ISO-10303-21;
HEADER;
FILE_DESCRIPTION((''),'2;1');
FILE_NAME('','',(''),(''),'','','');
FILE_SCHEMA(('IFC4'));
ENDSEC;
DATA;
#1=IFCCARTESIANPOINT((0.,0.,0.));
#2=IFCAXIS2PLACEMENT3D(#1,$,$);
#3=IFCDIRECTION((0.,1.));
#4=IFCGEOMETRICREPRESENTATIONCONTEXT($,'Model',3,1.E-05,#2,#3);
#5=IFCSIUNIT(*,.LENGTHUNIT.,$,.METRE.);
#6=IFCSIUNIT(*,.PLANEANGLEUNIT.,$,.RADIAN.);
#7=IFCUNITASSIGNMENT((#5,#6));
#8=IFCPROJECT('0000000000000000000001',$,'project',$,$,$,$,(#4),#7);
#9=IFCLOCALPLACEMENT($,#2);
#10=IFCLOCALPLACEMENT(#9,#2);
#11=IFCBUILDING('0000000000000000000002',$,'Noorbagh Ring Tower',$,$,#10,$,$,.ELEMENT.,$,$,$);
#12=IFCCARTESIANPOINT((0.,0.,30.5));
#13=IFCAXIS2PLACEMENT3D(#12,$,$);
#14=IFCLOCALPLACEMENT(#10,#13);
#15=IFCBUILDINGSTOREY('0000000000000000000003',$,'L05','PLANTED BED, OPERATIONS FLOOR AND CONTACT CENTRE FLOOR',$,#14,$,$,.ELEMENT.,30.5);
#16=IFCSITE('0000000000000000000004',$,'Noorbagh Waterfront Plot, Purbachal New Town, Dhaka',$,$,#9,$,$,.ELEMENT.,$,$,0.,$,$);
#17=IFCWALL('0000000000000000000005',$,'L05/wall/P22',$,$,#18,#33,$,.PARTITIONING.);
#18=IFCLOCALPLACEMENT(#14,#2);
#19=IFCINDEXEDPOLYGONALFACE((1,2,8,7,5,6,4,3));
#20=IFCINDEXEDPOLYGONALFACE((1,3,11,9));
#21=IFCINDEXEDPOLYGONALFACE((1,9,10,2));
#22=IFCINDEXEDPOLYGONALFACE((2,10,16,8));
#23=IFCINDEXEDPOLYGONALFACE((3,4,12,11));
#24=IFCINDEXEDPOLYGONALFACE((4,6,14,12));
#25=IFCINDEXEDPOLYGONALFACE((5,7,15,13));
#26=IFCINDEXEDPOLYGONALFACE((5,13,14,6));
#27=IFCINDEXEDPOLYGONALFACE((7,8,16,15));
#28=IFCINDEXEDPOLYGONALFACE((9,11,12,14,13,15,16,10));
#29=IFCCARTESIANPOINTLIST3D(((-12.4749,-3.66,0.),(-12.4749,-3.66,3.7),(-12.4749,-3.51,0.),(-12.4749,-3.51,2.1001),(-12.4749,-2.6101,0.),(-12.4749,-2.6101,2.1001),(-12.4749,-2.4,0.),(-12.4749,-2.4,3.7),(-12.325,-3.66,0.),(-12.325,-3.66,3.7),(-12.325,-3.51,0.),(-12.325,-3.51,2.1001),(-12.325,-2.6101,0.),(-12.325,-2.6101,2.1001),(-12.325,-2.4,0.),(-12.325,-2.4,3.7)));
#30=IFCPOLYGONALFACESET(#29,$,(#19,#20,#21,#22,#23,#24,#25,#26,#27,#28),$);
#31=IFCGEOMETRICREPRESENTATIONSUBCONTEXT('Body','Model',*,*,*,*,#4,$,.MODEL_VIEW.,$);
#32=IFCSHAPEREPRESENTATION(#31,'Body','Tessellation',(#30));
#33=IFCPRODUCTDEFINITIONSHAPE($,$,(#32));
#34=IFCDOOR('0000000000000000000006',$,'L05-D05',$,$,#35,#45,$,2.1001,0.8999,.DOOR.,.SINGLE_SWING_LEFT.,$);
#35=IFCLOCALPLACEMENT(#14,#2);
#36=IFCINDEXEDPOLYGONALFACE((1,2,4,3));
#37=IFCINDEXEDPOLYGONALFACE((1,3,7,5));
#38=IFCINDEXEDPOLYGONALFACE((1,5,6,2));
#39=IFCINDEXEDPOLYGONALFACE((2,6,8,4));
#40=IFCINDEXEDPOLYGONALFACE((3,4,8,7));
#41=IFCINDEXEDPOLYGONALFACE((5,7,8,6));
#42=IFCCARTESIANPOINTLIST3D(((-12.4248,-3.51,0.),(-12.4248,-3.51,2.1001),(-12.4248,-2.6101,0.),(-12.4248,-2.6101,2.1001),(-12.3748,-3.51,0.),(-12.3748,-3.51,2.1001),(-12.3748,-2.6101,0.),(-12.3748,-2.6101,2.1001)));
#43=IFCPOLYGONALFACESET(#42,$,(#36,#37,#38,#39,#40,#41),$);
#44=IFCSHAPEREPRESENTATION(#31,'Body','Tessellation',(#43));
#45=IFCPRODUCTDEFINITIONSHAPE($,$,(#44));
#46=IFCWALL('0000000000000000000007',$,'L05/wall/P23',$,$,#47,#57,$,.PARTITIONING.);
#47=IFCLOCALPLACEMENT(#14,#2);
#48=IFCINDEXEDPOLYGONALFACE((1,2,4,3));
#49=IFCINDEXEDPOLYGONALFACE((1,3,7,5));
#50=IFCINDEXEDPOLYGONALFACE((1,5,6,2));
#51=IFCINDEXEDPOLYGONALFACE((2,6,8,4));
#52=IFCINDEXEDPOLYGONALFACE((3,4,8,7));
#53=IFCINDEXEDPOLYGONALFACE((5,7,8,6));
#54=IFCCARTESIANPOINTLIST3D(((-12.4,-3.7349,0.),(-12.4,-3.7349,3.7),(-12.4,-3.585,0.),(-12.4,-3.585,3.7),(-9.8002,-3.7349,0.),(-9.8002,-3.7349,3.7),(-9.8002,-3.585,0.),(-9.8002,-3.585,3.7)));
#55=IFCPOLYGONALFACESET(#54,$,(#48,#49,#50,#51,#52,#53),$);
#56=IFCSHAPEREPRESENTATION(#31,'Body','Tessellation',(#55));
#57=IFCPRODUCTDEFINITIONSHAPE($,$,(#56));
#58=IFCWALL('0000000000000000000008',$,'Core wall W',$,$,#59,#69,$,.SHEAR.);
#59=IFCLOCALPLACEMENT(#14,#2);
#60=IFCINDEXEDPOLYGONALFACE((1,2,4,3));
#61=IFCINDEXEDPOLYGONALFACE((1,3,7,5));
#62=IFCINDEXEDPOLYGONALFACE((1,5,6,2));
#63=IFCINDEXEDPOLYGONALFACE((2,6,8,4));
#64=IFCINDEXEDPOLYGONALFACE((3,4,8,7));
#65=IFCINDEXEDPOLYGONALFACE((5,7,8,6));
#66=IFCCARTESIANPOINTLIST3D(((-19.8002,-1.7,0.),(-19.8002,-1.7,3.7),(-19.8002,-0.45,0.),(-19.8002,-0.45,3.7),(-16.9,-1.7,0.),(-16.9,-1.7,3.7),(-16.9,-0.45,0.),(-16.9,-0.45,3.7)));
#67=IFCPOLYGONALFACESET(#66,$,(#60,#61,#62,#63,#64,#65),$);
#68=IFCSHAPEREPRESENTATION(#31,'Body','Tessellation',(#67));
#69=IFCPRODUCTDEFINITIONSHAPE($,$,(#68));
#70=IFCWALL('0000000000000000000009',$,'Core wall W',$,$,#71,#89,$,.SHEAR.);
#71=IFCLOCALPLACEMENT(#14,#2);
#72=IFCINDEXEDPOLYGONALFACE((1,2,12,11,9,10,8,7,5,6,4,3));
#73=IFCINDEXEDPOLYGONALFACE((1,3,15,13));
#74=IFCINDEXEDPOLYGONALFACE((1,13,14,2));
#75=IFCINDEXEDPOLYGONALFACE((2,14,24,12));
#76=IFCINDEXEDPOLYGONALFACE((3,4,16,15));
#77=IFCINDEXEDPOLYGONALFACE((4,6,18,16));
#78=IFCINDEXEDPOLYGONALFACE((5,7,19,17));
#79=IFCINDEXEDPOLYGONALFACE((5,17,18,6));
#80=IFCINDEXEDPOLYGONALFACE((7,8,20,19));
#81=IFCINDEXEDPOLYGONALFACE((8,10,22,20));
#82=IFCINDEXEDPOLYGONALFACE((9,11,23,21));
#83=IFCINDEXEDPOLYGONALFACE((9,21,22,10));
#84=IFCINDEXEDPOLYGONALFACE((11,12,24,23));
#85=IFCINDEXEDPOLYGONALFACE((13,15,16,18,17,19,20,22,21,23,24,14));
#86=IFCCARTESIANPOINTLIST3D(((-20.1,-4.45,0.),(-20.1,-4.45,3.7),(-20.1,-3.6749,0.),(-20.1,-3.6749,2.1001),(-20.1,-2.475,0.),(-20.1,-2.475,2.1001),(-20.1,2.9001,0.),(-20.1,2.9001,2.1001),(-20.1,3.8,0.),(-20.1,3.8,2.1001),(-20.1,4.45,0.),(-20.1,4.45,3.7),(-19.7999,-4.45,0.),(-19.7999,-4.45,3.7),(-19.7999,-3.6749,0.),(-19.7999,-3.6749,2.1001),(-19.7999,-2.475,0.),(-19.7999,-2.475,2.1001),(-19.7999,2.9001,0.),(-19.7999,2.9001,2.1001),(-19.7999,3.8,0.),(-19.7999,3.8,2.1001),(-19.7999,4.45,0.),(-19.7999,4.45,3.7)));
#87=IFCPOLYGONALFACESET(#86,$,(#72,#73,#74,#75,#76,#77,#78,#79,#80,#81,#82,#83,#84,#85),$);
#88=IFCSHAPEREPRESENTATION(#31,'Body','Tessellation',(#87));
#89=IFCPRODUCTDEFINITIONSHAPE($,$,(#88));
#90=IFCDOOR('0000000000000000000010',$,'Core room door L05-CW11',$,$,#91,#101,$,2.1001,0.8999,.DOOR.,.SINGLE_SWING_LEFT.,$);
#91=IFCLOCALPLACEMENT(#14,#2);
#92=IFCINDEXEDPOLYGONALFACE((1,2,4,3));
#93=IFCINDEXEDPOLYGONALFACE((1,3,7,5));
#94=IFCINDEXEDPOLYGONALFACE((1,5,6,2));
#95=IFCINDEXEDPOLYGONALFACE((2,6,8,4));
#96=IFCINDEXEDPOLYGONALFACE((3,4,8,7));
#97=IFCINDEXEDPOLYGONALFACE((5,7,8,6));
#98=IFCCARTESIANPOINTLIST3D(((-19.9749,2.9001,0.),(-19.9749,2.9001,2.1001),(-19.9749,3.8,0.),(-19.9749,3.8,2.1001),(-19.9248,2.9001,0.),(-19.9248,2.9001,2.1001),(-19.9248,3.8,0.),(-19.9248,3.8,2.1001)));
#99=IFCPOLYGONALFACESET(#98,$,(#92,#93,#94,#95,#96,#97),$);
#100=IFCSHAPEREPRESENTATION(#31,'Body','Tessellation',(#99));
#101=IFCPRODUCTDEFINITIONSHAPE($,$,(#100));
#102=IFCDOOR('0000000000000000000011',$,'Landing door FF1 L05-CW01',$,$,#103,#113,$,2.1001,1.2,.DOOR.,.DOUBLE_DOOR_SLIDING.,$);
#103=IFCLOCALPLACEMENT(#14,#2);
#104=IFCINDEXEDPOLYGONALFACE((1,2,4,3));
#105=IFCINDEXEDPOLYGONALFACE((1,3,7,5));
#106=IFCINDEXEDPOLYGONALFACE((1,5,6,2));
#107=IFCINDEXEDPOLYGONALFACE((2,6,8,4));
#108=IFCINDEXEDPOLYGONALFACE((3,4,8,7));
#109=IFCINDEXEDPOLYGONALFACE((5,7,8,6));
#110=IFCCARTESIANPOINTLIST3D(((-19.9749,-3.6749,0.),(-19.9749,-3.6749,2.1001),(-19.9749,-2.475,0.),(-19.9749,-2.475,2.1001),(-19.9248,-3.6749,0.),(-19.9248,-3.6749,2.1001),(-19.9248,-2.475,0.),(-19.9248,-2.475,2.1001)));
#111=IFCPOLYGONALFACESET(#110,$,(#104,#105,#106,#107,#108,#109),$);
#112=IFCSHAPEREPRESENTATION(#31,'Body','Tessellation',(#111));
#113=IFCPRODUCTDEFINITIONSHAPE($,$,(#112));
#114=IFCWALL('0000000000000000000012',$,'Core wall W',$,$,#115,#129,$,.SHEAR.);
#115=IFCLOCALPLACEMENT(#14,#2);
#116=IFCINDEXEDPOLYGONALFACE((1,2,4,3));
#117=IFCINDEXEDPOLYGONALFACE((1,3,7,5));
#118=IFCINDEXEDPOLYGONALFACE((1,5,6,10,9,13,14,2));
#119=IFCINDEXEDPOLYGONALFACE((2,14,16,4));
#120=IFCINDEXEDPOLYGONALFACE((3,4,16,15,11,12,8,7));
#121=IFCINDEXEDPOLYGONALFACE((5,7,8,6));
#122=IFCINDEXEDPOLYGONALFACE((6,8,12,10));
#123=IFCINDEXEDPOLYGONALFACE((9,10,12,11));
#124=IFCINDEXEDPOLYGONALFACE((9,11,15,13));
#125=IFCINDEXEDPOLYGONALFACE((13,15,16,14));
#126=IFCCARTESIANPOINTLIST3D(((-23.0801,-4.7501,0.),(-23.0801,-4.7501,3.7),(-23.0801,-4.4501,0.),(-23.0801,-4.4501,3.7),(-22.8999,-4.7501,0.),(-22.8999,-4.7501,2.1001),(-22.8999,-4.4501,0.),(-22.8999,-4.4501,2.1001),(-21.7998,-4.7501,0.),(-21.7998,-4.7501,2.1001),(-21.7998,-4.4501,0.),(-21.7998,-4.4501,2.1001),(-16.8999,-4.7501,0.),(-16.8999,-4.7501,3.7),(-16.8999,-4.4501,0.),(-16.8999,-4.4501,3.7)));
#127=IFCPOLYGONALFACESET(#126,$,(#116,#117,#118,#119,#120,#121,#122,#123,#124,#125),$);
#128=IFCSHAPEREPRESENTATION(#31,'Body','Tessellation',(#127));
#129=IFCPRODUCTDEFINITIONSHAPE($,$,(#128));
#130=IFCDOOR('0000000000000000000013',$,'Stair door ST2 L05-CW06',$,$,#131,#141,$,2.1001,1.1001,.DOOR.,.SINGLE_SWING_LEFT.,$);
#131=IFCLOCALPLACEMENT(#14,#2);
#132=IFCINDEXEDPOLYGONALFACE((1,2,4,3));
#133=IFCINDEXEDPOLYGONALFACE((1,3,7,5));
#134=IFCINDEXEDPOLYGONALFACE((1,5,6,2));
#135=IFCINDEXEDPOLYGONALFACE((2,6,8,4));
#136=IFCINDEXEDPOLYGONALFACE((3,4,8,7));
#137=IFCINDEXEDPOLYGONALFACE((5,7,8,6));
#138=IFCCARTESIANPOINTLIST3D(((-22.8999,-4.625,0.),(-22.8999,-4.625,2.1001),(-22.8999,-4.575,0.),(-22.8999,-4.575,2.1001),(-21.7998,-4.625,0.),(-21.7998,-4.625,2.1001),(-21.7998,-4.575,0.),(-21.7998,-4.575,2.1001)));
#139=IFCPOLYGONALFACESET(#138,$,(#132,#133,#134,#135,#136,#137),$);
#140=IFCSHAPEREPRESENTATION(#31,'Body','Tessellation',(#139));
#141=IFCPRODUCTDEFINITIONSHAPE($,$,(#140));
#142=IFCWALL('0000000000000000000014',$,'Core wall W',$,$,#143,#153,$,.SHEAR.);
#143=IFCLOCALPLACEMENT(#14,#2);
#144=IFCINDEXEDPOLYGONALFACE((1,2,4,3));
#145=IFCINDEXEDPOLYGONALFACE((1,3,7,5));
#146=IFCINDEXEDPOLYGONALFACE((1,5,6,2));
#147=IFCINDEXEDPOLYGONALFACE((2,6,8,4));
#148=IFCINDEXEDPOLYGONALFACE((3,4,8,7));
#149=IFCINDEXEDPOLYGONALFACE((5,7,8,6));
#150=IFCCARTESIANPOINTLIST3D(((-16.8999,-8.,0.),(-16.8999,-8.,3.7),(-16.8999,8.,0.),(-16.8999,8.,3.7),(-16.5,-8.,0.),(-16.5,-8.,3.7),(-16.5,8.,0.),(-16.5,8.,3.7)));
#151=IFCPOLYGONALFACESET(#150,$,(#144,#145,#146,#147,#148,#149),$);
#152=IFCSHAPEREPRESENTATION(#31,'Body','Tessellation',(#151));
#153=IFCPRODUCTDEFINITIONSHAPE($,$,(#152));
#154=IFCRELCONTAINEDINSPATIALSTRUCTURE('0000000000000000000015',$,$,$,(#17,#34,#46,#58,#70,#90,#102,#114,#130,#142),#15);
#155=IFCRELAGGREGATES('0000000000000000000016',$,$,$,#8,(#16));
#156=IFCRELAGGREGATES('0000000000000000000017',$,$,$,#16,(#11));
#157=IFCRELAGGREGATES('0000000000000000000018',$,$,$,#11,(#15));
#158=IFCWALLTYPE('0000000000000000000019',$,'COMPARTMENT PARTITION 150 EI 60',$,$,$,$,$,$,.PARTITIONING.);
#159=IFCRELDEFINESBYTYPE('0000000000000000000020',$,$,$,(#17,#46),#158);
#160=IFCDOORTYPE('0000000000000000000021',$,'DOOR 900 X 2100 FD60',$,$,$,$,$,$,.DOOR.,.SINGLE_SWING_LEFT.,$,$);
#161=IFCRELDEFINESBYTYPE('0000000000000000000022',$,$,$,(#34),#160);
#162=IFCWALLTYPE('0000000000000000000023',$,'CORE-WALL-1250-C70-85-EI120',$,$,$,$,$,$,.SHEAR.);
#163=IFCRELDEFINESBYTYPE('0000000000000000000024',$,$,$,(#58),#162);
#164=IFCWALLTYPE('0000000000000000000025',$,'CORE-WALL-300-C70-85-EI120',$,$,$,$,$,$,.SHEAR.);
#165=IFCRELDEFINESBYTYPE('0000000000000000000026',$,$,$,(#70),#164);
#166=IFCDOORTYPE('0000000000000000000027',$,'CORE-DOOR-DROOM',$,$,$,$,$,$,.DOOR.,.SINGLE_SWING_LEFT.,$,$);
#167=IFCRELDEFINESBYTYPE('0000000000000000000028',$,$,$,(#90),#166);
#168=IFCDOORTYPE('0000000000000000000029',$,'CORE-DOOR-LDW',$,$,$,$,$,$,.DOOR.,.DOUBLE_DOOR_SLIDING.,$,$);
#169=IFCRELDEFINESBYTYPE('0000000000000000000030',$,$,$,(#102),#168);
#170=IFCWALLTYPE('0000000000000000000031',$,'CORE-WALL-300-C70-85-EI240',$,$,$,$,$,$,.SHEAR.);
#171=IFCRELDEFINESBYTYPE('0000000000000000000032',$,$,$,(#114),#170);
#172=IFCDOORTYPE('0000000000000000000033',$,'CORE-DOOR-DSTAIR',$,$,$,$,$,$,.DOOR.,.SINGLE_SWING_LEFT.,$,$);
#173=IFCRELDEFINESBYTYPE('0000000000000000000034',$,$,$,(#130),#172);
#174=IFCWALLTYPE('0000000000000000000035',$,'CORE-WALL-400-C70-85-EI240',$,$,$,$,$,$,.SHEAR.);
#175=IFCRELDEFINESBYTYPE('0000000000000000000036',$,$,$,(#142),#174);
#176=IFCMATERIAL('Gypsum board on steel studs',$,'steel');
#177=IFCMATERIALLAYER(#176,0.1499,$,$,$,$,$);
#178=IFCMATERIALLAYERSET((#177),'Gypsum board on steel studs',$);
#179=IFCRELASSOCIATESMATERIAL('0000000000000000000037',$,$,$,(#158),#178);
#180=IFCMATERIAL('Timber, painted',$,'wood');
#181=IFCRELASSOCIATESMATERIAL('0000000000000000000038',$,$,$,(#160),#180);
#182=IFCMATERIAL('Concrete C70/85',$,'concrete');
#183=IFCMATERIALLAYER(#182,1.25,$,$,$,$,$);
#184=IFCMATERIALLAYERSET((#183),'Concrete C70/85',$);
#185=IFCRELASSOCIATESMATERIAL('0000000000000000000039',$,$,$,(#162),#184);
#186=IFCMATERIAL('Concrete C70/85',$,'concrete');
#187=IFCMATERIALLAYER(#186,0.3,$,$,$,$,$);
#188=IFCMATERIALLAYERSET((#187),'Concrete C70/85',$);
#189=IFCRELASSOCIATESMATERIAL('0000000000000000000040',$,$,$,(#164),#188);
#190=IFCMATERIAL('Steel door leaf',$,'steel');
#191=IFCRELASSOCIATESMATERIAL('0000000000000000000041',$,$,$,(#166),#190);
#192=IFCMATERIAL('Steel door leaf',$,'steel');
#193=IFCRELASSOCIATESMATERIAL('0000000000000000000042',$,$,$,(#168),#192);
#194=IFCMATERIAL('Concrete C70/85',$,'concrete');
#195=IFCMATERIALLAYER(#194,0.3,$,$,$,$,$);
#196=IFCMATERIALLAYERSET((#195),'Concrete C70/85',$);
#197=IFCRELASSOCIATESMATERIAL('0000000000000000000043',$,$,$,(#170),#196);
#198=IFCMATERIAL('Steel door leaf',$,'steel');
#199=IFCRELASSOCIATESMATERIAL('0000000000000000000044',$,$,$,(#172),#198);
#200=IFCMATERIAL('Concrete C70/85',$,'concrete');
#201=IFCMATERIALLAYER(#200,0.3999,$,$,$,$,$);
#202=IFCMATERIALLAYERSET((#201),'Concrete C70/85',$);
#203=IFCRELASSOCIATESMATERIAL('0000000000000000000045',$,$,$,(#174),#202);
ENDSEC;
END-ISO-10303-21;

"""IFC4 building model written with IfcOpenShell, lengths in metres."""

from ifc_helpers import new_model, si_unit, direction, frame, frame_2d, origin, place, context, subcontext, project, spatial, rectangle, extrude, material, layer, layer_set, type_object, element, fill, save


model = new_model("IFC4")

# Units and contexts
model_context = context("Model", 3, precision=1e-05, world=origin(), true_north=direction((0.0, 1.0)))
body_context = subcontext(model_context, "Body", "Model", "MODEL_VIEW")
ifc_project = project(units=[si_unit("LENGTHUNIT", "METRE"), si_unit("PLANEANGLEUNIT", "RADIAN")], contexts=[model_context])

# Site, building, storey
site_placement = place(None, origin())
site = spatial("IfcSite", under=ifc_project, at=site_placement, Name="Noorbagh Waterfront Plot, Purbachal New Town, Dhaka", CompositionType="ELEMENT", RefElevation=0.0)
building_placement = place(site_placement, origin())
building = spatial("IfcBuilding", under=site, at=building_placement, Name="Noorbagh Ring Tower", CompositionType="ELEMENT")
storey_placement = place(building_placement, frame((0.0, 0.0, 30.5)))
storey = spatial("IfcBuildingStorey", under=building, at=storey_placement, Name="L05", Description="PLANTED BED, OPERATIONS FLOOR AND CONTACT CENTRE FLOOR", CompositionType="ELEMENT", Elevation=30.5)

# Wall, opening, door
ifc_material_1 = material(Name="Gypsum board on steel studs", Category="steel")
ifc_layer_1 = layer(ifc_material_1, 0.1499)
ifc_layer_set_1 = layer_set([ifc_layer_1], Name="Gypsum board on steel studs")
wall_type_1 = type_object("IfcWallType", Name="COMPARTMENT PARTITION 150 EI 60", PredefinedType="PARTITIONING", material=ifc_layer_set_1)
wall_1_placement = place(storey_placement, frame((-12.3999, -3.6599, 0.0), z_axis=(0.0, 0.0, 1.0), x_axis=(0.0, 1.0, 0.0)))
wall_1 = element("IfcWall", 1, at=wall_1_placement, inside=storey, type_object=wall_type_1, Name="L05/wall/P22", PredefinedType="PARTITIONING", context=body_context, shape_type="SweptSolid", body=[
    extrude(rectangle(XDim=1.26, YDim=0.1499, at=frame_2d((0.6299, 0.0))), origin(), (0.0, 0.0, 1.0), 3.7),
])
opening_1_placement = place(wall_1_placement, frame((0.1499, 0.0, 0.0)))
opening_1 = element("IfcOpeningElement", 2, at=opening_1_placement, cuts=wall_1, PredefinedType="OPENING", context=body_context, shape_type="SweptSolid", body=[
    extrude(rectangle(XDim=0.8999, YDim=2.1001, at=frame_2d((0.45, 1.05))), frame((0.0, 0.085, 0.0), z_axis=(0.0, -1.0, 0.0), x_axis=(1.0, 0.0, 0.0)), (0.0, 0.0, 1.0), 0.1699),
])
ifc_material_2 = material(Name="Timber, painted", Category="wood")
door_type_1 = type_object("IfcDoorType", Name="DOOR 900 X 2100 FD60", OperationType="SINGLE_SWING_LEFT", PredefinedType="DOOR", material=ifc_material_2)
door_1_placement = place(opening_1_placement, origin())
door_1 = element("IfcDoor", 3, at=door_1_placement, inside=storey, type_object=door_type_1, Name="L05-D05", OperationType="SINGLE_SWING_LEFT", OverallHeight=2.1001, OverallWidth=0.8999, PredefinedType="DOOR", context=body_context, shape_type="SweptSolid", body=[
    extrude(rectangle(XDim=0.8999, YDim=2.1001, at=frame_2d((0.45, 1.05))), frame((0.0, 0.0249, 0.0), z_axis=(0.0, -1.0, 0.0), x_axis=(1.0, 0.0, 0.0)), (0.0, 0.0, 1.0), 0.05),
])
fill(opening_1, door_1)

# Walls
wall_2_placement = place(storey_placement, frame((-12.3999, -3.6599, 0.0), z_axis=(0.0, 0.0, 1.0), x_axis=(1.0, 0.0, 0.0)))
element("IfcWall", 4, at=wall_2_placement, inside=storey, type_object=wall_type_1, Name="L05/wall/P23", PredefinedType="PARTITIONING", context=body_context, shape_type="SweptSolid", body=[
    extrude(rectangle(XDim=2.5999, YDim=0.1499, at=frame_2d((1.2998, 0.0))), origin(), (0.0, 0.0, 1.0), 3.7),
])
ifc_material_3 = material(Name="Concrete C70/85", Category="concrete")
ifc_layer_2 = layer(ifc_material_3, 1.25)
ifc_layer_set_2 = layer_set([ifc_layer_2], Name="Concrete C70/85")
wall_type_2 = type_object("IfcWallType", Name="CORE-WALL-1250-C70-85-EI120", PredefinedType="SHEAR", material=ifc_layer_set_2)
wall_3_placement = place(storey_placement, frame((-16.8999, -1.075, 0.0), z_axis=(0.0, 0.0, 1.0), x_axis=(-1.0, 0.0, 0.0)))
element("IfcWall", 5, at=wall_3_placement, inside=storey, type_object=wall_type_2, Name="Core wall W", PredefinedType="SHEAR", context=body_context, shape_type="SweptSolid", body=[
    extrude(rectangle(XDim=2.9001, YDim=1.25, at=frame_2d((1.4502, 0.0))), origin(), (0.0, 0.0, 1.0), 3.7),
])

# Wall, openings, doors
ifc_material_4 = material(Name="Concrete C70/85", Category="concrete")
ifc_layer_3 = layer(ifc_material_4, 0.3)
ifc_layer_set_3 = layer_set([ifc_layer_3], Name="Concrete C70/85")
wall_type_3 = type_object("IfcWallType", Name="CORE-WALL-300-C70-85-EI120", PredefinedType="SHEAR", material=ifc_layer_set_3)
wall_4_placement = place(storey_placement, frame((-19.95, -4.45, 0.0), z_axis=(0.0, 0.0, 1.0), x_axis=(0.0, 1.0, 0.0)))
wall_4 = element("IfcWall", 6, at=wall_4_placement, inside=storey, type_object=wall_type_3, Name="Core wall W", PredefinedType="SHEAR", context=body_context, shape_type="SweptSolid", body=[
    extrude(rectangle(XDim=8.8999, YDim=0.3, at=frame_2d((4.45, 0.0))), origin(), (0.0, 0.0, 1.0), 3.7),
])
opening_2_placement = place(wall_4_placement, frame((0.7749, 0.0, 0.0)))
opening_2 = element("IfcOpeningElement", 7, at=opening_2_placement, cuts=wall_4, PredefinedType="OPENING", context=body_context, shape_type="SweptSolid", body=[
    extrude(rectangle(XDim=1.2, YDim=2.1001, at=frame_2d((0.6001, 1.05))), frame((0.0, 0.1602, 0.0), z_axis=(0.0, -1.0, 0.0), x_axis=(1.0, 0.0, 0.0)), (0.0, 0.0, 1.0), 0.3201),
])
opening_3_placement = place(wall_4_placement, frame((7.3501, 0.0, 0.0)))
opening_3 = element("IfcOpeningElement", 8, at=opening_3_placement, cuts=wall_4, PredefinedType="OPENING", context=body_context, shape_type="SweptSolid", body=[
    extrude(rectangle(XDim=0.8999, YDim=2.1001, at=frame_2d((0.45, 1.05))), frame((0.0, 0.1602, 0.0), z_axis=(0.0, -1.0, 0.0), x_axis=(1.0, 0.0, 0.0)), (0.0, 0.0, 1.0), 0.3201),
])
ifc_material_5 = material(Name="Steel door leaf", Category="steel")
door_type_2 = type_object("IfcDoorType", Name="CORE-DOOR-DROOM", OperationType="SINGLE_SWING_LEFT", PredefinedType="DOOR", material=ifc_material_5)
door_2_placement = place(opening_3_placement, origin())
door_2 = element("IfcDoor", 9, at=door_2_placement, inside=storey, type_object=door_type_2, Name="Core room door L05-CW11", OperationType="SINGLE_SWING_LEFT", OverallHeight=2.1001, OverallWidth=0.8999, PredefinedType="DOOR", context=body_context, shape_type="SweptSolid", body=[
    extrude(rectangle(XDim=0.8999, YDim=2.1001, at=frame_2d((0.45, 1.05))), frame((0.0, 0.0249, 0.0), z_axis=(0.0, -1.0, 0.0), x_axis=(1.0, 0.0, 0.0)), (0.0, 0.0, 1.0), 0.05),
])
fill(opening_3, door_2)
ifc_material_6 = material(Name="Steel door leaf", Category="steel")
door_type_3 = type_object("IfcDoorType", Name="CORE-DOOR-LDW", OperationType="DOUBLE_DOOR_SLIDING", PredefinedType="DOOR", material=ifc_material_6)
door_3_placement = place(opening_2_placement, origin())
door_3 = element("IfcDoor", 10, at=door_3_placement, inside=storey, type_object=door_type_3, Name="Landing door FF1 L05-CW01", OperationType="DOUBLE_DOOR_SLIDING", OverallHeight=2.1001, OverallWidth=1.2, PredefinedType="DOOR", context=body_context, shape_type="SweptSolid", body=[
    extrude(rectangle(XDim=1.2, YDim=2.1001, at=frame_2d((0.6001, 1.05))), frame((0.0, 0.0249, 0.0), z_axis=(0.0, -1.0, 0.0), x_axis=(1.0, 0.0, 0.0)), (0.0, 0.0, 1.0), 0.05),
])
fill(opening_2, door_3)

# Wall, opening, door
ifc_material_7 = material(Name="Concrete C70/85", Category="concrete")
ifc_layer_4 = layer(ifc_material_7, 0.3)
ifc_layer_set_4 = layer_set([ifc_layer_4], Name="Concrete C70/85")
wall_type_4 = type_object("IfcWallType", Name="CORE-WALL-300-C70-85-EI240", PredefinedType="SHEAR", material=ifc_layer_set_4)
wall_5_placement = place(storey_placement, frame((-16.8999, -4.6001, 0.0), z_axis=(0.0, 0.0, 1.0), x_axis=(-1.0, 0.0, 0.0)))
wall_5 = element("IfcWall", 11, at=wall_5_placement, inside=storey, type_object=wall_type_4, Name="Core wall W", PredefinedType="SHEAR", context=body_context, shape_type="SweptSolid", body=[
    extrude(rectangle(XDim=6.1802, YDim=0.3, at=frame_2d((3.0901, 0.0))), origin(), (0.0, 0.0, 1.0), 3.7),
])
opening_4_placement = place(wall_5_placement, frame((4.8999, 0.0, 0.0)))
opening_4 = element("IfcOpeningElement", 12, at=opening_4_placement, cuts=wall_5, PredefinedType="OPENING", context=body_context, shape_type="SweptSolid", body=[
    extrude(rectangle(XDim=1.1001, YDim=2.1001, at=frame_2d((0.55, 1.05))), frame((0.0, 0.1602, 0.0), z_axis=(0.0, -1.0, 0.0), x_axis=(1.0, 0.0, 0.0)), (0.0, 0.0, 1.0), 0.3201),
])
ifc_material_8 = material(Name="Steel door leaf", Category="steel")
door_type_4 = type_object("IfcDoorType", Name="CORE-DOOR-DSTAIR", OperationType="SINGLE_SWING_LEFT", PredefinedType="DOOR", material=ifc_material_8)
door_4_placement = place(opening_4_placement, origin())
door_4 = element("IfcDoor", 13, at=door_4_placement, inside=storey, type_object=door_type_4, Name="Stair door ST2 L05-CW06", OperationType="SINGLE_SWING_LEFT", OverallHeight=2.1001, OverallWidth=1.1001, PredefinedType="DOOR", context=body_context, shape_type="SweptSolid", body=[
    extrude(rectangle(XDim=1.1001, YDim=2.1001, at=frame_2d((0.55, 1.05))), frame((0.0, 0.0249, 0.0), z_axis=(0.0, -1.0, 0.0), x_axis=(1.0, 0.0, 0.0)), (0.0, 0.0, 1.0), 0.05),
])
fill(opening_4, door_4)

# Wall
ifc_material_9 = material(Name="Concrete C70/85", Category="concrete")
ifc_layer_5 = layer(ifc_material_9, 0.3999)
ifc_layer_set_5 = layer_set([ifc_layer_5], Name="Concrete C70/85")
wall_type_5 = type_object("IfcWallType", Name="CORE-WALL-400-C70-85-EI240", PredefinedType="SHEAR", material=ifc_layer_set_5)
wall_6_placement = place(storey_placement, frame((-16.7, -8.0, 0.0), z_axis=(0.0, 0.0, 1.0), x_axis=(0.0, 1.0, 0.0)))
element("IfcWall", 14, at=wall_6_placement, inside=storey, type_object=wall_type_5, Name="Core wall W", PredefinedType="SHEAR", context=body_context, shape_type="SweptSolid", body=[
    extrude(rectangle(XDim=16.0, YDim=0.3999, at=frame_2d((8.0, 0.0))), origin(), (0.0, 0.0, 1.0), 3.7),
])

save(model, "model.ifc")
